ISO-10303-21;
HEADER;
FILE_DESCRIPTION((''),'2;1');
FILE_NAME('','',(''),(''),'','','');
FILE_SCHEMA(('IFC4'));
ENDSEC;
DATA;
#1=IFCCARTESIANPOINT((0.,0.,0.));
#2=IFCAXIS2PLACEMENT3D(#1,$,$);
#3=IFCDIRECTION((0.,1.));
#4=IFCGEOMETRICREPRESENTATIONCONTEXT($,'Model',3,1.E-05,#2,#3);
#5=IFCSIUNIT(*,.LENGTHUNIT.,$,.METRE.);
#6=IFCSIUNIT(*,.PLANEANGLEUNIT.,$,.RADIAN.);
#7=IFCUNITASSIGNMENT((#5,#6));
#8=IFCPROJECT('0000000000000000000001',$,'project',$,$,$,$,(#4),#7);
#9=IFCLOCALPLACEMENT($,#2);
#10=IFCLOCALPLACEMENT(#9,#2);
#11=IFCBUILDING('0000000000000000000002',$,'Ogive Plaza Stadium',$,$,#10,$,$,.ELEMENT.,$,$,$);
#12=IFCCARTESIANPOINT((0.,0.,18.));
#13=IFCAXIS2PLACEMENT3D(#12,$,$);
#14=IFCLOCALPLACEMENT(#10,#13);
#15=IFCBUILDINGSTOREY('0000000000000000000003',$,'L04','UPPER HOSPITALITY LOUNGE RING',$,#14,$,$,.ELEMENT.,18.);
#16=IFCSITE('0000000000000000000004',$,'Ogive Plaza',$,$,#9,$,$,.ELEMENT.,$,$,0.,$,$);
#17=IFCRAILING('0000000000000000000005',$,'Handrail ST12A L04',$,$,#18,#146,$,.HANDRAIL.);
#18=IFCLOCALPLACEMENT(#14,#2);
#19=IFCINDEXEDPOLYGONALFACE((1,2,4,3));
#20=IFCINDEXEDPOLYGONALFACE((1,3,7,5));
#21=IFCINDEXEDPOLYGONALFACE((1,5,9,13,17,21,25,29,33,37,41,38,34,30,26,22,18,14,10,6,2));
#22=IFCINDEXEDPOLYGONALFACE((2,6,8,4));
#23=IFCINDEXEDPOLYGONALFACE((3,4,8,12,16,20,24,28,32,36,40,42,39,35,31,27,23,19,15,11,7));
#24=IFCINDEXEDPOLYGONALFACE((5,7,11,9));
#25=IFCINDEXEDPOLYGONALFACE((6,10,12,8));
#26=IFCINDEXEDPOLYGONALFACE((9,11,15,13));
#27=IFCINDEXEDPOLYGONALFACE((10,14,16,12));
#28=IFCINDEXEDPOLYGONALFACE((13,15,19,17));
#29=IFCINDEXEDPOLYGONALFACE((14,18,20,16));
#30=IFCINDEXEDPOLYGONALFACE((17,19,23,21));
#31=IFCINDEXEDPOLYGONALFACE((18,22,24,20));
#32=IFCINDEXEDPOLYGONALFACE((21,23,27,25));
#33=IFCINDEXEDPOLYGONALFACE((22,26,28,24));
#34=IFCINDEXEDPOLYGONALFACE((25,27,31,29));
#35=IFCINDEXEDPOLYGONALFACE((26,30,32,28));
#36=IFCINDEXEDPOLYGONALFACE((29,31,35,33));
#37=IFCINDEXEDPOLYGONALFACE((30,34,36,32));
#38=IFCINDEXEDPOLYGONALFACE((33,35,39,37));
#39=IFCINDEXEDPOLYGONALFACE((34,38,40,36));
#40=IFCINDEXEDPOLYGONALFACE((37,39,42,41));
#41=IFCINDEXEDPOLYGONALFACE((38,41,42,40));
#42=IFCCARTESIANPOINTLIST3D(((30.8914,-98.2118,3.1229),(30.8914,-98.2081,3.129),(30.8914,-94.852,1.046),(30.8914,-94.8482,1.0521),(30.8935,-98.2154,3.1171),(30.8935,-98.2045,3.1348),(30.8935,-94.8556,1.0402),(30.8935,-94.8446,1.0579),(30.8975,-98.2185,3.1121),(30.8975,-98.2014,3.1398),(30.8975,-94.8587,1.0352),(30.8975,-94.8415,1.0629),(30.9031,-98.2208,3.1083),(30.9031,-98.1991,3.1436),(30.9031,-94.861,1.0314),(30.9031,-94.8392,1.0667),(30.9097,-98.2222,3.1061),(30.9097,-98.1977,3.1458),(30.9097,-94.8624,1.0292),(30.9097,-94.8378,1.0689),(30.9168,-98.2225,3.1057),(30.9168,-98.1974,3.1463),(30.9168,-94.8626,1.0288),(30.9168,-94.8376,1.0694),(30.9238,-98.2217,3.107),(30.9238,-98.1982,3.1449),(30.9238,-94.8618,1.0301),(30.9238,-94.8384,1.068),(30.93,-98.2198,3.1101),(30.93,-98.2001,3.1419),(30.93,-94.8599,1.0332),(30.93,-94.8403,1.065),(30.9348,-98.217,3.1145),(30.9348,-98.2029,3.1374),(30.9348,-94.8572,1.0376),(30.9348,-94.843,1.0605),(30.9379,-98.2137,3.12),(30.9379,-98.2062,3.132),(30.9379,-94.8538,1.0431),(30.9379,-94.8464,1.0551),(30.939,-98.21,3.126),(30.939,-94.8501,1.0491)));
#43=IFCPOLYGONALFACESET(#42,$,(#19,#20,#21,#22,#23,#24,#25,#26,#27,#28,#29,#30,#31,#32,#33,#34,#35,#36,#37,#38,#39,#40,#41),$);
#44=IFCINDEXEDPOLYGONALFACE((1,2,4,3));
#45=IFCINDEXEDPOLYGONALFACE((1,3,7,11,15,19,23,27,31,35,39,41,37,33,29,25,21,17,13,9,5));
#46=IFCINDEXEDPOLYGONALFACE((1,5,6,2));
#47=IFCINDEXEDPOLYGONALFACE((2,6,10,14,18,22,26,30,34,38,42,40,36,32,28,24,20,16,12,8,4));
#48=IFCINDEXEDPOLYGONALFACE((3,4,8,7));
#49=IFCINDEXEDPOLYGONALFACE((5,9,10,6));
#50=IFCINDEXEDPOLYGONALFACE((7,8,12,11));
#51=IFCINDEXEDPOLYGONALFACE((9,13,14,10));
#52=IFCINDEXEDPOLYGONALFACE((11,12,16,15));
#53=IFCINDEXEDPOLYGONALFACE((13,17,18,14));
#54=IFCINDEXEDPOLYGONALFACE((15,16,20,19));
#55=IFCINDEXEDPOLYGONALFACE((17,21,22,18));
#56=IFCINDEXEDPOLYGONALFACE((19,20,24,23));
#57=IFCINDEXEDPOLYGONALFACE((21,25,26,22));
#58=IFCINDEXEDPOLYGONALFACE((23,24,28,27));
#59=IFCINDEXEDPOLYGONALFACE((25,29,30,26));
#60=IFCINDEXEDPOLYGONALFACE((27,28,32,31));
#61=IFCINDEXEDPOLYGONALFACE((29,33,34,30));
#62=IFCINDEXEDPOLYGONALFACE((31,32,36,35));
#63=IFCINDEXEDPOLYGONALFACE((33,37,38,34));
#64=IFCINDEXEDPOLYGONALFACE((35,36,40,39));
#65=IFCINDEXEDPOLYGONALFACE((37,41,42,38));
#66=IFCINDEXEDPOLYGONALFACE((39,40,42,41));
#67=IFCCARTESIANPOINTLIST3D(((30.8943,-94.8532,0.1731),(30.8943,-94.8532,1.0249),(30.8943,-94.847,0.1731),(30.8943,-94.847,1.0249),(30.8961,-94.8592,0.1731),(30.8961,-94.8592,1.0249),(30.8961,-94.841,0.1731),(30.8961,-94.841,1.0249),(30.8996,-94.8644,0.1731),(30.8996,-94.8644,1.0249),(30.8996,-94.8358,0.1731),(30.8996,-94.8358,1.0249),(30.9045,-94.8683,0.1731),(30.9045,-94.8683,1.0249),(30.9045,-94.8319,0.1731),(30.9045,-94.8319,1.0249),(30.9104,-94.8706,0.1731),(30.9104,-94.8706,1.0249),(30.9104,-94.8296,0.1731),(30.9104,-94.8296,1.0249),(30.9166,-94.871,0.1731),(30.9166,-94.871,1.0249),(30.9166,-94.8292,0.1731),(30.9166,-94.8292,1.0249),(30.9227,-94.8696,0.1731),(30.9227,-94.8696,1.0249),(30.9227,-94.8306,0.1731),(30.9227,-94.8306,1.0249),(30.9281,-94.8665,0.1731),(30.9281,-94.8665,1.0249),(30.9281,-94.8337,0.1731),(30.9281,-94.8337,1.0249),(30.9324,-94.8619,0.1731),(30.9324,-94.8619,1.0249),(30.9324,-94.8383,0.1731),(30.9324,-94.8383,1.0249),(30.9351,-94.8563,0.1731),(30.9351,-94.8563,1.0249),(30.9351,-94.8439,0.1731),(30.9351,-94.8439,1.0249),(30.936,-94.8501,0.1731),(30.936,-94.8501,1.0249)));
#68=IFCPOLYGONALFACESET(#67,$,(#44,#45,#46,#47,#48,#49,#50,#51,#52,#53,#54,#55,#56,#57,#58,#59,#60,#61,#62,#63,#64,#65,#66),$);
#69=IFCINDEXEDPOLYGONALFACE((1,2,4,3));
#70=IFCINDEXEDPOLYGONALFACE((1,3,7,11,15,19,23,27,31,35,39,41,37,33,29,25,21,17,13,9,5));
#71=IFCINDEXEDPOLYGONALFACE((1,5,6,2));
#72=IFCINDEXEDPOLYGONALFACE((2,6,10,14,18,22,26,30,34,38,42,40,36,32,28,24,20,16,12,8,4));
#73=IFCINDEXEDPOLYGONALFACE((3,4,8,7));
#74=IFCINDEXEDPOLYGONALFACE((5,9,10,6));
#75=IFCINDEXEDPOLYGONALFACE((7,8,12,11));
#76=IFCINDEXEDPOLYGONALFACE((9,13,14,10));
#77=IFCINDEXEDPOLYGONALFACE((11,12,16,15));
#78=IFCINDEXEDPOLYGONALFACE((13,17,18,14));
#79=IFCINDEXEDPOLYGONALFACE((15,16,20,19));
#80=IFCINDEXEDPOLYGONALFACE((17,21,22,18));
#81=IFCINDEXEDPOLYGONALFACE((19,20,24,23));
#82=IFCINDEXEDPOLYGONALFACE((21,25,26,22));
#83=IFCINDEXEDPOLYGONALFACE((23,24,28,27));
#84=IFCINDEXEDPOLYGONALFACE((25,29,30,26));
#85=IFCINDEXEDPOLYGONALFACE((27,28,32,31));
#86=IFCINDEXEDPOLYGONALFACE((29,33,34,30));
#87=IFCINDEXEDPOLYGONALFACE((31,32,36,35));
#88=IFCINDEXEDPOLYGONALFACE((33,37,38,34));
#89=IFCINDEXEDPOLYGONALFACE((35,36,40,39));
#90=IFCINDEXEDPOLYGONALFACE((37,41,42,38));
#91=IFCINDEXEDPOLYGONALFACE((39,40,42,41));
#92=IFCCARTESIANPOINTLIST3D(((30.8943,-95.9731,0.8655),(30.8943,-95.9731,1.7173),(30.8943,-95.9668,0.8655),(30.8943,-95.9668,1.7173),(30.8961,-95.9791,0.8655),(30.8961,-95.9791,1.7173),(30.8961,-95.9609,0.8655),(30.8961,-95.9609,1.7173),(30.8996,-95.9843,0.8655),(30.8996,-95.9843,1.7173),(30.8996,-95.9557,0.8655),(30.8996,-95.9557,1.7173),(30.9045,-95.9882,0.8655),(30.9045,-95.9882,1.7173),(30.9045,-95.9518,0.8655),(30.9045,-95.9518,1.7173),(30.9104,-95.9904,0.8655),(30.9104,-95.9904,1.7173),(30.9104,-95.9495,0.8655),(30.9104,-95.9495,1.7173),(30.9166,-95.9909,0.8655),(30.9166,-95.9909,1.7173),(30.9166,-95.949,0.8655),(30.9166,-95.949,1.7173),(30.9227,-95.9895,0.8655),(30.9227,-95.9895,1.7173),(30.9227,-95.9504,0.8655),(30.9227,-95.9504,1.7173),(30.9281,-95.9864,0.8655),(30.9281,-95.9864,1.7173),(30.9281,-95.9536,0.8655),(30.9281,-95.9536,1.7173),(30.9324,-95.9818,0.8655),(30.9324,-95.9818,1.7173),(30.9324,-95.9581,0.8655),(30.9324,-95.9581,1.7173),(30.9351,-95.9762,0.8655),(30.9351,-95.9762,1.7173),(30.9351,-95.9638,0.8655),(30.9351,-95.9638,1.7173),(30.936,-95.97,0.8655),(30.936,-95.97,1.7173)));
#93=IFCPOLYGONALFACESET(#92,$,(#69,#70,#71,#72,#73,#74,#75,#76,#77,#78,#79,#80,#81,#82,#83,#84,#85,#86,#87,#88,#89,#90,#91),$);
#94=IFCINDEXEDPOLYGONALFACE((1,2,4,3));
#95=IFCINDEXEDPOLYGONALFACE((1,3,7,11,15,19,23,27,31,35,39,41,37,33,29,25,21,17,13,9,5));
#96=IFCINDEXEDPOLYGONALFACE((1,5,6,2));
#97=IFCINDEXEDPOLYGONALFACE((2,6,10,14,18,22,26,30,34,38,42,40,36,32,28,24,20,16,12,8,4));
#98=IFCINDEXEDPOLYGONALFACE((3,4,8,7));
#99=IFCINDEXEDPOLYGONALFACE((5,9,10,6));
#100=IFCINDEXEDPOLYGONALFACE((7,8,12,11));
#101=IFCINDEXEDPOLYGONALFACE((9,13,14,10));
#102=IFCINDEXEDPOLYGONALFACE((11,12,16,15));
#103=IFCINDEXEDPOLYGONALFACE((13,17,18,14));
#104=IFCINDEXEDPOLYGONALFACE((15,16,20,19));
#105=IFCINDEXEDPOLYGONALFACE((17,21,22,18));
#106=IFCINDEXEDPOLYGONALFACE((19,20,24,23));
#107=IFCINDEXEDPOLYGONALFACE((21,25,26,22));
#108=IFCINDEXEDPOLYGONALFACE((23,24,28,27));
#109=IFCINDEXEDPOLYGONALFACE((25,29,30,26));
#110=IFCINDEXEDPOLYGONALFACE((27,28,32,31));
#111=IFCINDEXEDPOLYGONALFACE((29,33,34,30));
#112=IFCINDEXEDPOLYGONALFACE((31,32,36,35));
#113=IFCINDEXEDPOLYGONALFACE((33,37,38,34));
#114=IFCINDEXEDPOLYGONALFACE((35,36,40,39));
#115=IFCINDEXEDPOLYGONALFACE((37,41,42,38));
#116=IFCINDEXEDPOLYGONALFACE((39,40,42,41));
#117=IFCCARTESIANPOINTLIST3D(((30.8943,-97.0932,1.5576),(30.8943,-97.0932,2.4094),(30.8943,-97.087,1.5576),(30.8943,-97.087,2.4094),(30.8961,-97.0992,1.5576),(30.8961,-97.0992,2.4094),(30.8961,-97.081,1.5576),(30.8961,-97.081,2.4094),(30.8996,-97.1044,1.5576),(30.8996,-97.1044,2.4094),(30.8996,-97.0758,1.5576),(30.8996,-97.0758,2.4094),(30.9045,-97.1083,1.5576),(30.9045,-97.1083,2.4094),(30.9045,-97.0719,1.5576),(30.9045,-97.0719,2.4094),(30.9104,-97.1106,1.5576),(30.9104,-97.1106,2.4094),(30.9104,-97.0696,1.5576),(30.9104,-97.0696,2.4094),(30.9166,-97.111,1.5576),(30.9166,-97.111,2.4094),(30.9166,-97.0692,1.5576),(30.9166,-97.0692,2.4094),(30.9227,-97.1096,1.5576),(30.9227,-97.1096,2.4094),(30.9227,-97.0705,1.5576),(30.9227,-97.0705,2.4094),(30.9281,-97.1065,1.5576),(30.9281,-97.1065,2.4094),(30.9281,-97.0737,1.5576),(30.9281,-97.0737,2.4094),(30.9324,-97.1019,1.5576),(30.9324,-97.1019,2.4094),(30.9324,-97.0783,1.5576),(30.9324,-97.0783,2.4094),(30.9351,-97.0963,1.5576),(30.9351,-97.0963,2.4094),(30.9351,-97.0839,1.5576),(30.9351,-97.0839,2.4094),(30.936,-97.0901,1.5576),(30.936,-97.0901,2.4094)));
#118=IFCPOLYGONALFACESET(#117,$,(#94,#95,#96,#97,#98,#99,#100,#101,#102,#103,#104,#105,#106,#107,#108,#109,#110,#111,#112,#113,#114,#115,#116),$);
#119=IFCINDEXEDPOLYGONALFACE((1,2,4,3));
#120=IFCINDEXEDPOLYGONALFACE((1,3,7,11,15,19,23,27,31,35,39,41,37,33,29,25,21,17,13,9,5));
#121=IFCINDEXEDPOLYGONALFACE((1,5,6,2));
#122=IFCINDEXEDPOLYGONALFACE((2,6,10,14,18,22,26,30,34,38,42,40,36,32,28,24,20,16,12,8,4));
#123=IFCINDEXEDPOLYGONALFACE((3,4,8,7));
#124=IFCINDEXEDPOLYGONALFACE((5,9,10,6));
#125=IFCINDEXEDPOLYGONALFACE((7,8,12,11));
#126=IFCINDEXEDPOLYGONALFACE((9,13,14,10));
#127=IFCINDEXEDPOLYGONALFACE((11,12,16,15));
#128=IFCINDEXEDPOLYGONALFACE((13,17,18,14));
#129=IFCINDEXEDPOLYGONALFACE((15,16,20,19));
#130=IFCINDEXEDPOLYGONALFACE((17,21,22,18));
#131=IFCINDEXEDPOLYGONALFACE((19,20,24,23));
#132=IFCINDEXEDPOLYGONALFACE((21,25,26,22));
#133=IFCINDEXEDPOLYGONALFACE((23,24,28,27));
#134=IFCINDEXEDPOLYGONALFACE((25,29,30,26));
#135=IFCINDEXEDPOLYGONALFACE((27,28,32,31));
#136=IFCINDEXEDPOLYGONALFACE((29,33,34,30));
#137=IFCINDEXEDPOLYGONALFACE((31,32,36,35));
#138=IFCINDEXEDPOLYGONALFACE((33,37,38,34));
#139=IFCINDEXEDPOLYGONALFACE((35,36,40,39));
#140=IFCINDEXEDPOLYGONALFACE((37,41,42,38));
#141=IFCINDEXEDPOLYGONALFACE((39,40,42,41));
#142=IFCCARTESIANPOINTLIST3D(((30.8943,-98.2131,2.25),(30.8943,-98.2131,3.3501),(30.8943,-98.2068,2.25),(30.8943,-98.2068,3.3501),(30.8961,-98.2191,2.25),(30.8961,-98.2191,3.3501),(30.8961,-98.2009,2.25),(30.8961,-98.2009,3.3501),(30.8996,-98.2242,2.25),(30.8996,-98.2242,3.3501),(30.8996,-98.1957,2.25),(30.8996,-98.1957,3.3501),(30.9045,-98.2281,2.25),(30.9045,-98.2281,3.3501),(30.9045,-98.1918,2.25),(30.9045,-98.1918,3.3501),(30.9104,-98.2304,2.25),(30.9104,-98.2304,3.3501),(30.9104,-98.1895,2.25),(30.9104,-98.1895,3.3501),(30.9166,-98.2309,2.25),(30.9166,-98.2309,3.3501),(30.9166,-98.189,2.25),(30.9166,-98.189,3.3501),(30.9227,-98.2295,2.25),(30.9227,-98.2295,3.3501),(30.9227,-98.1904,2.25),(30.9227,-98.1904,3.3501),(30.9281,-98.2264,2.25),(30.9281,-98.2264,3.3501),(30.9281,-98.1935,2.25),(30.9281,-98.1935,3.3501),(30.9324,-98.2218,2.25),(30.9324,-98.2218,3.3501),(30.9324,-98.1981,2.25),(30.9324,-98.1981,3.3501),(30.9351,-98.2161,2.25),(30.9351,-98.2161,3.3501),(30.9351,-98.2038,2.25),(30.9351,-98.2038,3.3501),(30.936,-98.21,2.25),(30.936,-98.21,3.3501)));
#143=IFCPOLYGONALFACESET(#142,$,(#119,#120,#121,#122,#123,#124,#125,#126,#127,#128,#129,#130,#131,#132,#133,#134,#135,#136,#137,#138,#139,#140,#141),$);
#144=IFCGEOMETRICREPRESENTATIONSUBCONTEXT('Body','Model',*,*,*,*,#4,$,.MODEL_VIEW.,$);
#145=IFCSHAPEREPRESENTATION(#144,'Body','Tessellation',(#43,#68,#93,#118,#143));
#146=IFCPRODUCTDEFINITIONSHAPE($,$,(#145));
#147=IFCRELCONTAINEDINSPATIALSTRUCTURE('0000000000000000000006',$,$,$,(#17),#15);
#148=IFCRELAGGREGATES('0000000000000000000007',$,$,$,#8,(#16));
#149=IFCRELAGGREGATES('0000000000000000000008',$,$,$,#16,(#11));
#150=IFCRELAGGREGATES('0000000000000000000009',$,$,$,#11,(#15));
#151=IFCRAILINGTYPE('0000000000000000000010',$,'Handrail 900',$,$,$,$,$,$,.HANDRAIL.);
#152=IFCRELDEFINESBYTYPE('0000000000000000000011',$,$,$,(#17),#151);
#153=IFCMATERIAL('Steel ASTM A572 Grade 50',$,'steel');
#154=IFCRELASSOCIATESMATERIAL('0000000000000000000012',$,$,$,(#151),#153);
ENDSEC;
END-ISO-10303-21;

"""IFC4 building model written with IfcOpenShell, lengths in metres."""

from ifc_helpers import new_model, si_unit, direction, frame, origin, origin_2d, place, context, subcontext, project, spatial, circle, extrude, material, type_object, element, save


model = new_model("IFC4")

# Units and contexts
model_context = context("Model", 3, precision=1e-05, world=origin(), true_north=direction((0.0, 1.0)))
body_context = subcontext(model_context, "Body", "Model", "MODEL_VIEW")
ifc_project = project(units=[si_unit("LENGTHUNIT", "METRE"), si_unit("PLANEANGLEUNIT", "RADIAN")], contexts=[model_context])

# Site, building, storey
site_placement = place(None, origin())
site = spatial("IfcSite", under=ifc_project, at=site_placement, Name="Ogive Plaza", CompositionType="ELEMENT", RefElevation=0.0)
building_placement = place(site_placement, origin())
building = spatial("IfcBuilding", under=site, at=building_placement, Name="Ogive Plaza Stadium", CompositionType="ELEMENT")
storey_placement = place(building_placement, frame((0.0, 0.0, 18.0)))
storey = spatial("IfcBuildingStorey", under=building, at=storey_placement, Name="L04", Description="UPPER HOSPITALITY LOUNGE RING", CompositionType="ELEMENT", Elevation=18.0)

# Railing
ifc_material_1 = material(Name="Steel ASTM A572 Grade 50", Category="steel")
railing_type_1 = type_object("IfcRailingType", Name="Handrail 900", PredefinedType="HANDRAIL", material=ifc_material_1)
for number, where, name in (
    (1, (30.915, -94.8501, 0.1731), "Handrail ST12A L04"),
):
    element("IfcRailing", number, at=place(storey_placement, frame(where)), inside=storey, type_object=railing_type_1, Name=name, PredefinedType="HANDRAIL", context=body_context, shape_type="SweptSolid", body=[
        extrude(circle(Radius=0.0239, at=origin_2d()), frame((0.0, 0.0, 0.876), z_axis=(0.0, -0.850606, 0.525803), x_axis=(1.0, 0.0, 0.0)), (0.0, 0.0, 1.0), 3.95),
        extrude(circle(Radius=0.021, at=origin_2d()), origin(), (0.0, 0.0, 1.0), 0.8518),
        extrude(circle(Radius=0.021, at=origin_2d()), frame((0.0, -1.1199, 0.6924)), (0.0, 0.0, 1.0), 0.8518),
        extrude(circle(Radius=0.021, at=origin_2d()), frame((0.0, -2.24, 1.3845)), (0.0, 0.0, 1.0), 0.8518),
        extrude(circle(Radius=0.021, at=origin_2d()), frame((0.0, -3.3599, 2.0769)), (0.0, 0.0, 1.0), 1.1001),
    ])

save(model, "model.ifc")
